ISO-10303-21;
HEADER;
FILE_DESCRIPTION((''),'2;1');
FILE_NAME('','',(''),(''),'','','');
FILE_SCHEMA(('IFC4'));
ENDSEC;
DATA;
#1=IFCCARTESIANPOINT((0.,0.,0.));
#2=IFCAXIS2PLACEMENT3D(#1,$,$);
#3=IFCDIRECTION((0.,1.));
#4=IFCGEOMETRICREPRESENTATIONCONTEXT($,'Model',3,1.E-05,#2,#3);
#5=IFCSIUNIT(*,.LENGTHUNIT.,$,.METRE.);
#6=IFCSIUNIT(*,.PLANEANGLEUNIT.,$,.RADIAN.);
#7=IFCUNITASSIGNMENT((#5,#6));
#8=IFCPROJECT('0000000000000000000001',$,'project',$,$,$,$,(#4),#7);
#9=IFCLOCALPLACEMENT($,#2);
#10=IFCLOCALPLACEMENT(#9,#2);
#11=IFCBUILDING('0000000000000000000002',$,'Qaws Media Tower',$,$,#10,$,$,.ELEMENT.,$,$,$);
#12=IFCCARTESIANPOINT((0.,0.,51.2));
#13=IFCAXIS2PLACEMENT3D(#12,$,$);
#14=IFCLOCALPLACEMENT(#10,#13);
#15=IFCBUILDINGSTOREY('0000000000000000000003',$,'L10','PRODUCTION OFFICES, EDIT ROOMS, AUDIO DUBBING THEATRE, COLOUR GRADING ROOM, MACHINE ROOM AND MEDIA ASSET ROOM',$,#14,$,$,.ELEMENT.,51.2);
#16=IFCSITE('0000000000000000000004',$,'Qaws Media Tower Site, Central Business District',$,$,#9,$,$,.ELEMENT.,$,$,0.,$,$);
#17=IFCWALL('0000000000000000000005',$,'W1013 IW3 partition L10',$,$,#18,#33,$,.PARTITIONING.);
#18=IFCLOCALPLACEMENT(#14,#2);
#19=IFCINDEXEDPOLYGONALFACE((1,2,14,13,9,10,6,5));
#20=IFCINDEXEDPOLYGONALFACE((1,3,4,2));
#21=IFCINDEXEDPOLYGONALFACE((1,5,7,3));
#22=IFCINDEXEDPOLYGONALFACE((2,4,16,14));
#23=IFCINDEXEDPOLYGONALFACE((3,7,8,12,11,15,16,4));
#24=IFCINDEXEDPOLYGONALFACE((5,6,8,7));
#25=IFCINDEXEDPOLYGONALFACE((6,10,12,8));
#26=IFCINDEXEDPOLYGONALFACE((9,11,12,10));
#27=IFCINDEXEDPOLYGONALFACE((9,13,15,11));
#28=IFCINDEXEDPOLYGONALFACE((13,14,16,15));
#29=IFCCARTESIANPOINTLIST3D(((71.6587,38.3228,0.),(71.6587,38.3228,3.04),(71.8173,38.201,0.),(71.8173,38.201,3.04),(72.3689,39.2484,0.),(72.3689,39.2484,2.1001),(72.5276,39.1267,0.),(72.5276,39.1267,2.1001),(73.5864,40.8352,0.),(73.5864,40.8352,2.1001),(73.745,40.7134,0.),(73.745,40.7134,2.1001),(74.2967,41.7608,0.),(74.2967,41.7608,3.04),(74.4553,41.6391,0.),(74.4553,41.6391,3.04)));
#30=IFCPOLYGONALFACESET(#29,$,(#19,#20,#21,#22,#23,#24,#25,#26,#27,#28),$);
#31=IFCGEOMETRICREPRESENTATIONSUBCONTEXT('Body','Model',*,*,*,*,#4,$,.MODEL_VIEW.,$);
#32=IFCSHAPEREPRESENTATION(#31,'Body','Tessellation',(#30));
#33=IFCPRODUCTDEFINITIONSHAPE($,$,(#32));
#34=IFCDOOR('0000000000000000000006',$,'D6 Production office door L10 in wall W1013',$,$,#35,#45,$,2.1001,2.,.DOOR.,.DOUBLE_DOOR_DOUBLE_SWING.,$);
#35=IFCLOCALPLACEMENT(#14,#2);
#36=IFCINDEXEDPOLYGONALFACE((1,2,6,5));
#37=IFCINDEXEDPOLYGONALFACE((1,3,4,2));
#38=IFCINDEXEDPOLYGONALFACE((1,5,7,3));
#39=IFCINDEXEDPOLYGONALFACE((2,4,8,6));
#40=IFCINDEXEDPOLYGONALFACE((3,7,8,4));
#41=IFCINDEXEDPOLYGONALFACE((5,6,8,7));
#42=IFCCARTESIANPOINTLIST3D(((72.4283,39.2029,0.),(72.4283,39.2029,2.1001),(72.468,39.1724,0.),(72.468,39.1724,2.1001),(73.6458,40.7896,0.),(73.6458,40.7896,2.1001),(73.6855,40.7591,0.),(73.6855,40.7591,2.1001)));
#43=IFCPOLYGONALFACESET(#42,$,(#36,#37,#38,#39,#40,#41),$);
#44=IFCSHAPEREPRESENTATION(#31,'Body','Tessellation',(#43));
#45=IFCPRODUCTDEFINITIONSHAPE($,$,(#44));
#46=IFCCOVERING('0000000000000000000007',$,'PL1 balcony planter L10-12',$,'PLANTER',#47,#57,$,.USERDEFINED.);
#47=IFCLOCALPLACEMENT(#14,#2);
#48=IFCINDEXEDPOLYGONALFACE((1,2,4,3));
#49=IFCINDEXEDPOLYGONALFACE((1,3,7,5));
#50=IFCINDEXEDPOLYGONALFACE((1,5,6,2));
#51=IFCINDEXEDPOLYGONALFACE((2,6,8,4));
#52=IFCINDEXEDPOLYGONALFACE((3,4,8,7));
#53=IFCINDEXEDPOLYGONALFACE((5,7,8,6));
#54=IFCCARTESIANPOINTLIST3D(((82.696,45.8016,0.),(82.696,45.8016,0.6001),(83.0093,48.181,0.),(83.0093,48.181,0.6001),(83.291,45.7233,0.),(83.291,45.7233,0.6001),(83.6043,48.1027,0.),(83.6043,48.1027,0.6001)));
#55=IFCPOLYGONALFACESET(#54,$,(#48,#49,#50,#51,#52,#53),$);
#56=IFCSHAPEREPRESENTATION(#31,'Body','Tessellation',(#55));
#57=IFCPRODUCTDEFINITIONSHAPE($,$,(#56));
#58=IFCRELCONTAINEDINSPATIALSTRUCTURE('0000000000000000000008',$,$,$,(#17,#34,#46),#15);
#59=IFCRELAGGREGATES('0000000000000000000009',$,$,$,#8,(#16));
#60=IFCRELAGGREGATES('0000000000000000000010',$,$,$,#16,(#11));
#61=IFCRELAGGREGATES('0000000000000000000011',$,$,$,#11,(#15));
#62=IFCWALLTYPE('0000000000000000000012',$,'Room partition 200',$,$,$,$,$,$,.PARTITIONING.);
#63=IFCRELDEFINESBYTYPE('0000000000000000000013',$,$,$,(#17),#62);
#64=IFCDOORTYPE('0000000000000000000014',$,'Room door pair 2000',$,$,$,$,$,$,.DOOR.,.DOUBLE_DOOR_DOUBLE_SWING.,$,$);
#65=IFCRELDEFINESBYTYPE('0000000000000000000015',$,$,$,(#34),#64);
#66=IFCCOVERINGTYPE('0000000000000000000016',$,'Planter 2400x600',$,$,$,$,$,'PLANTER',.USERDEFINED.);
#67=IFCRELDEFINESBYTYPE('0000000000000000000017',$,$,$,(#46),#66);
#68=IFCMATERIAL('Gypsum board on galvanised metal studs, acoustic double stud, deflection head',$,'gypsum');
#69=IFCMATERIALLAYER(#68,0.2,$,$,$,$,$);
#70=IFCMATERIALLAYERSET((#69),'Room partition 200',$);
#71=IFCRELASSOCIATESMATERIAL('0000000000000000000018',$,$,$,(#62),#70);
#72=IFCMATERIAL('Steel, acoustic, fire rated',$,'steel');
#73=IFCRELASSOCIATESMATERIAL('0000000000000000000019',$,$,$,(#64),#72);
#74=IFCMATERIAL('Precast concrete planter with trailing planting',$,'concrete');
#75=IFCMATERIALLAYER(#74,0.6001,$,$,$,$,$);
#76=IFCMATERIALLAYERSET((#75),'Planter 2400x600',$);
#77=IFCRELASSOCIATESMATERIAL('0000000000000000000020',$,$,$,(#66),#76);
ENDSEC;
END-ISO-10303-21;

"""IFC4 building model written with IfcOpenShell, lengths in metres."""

from ifc_helpers import new_model, si_unit, direction, frame, frame_2d, origin, origin_2d, place, context, subcontext, project, spatial, rectangle, extrude, material, layer, layer_set, type_object, element, fill, save


model = new_model("IFC4")

# Units and contexts
model_context = context("Model", 3, precision=1e-05, world=origin(), true_north=direction((0.0, 1.0)))
body_context = subcontext(model_context, "Body", "Model", "MODEL_VIEW")
ifc_project = project(units=[si_unit("LENGTHUNIT", "METRE"), si_unit("PLANEANGLEUNIT", "RADIAN")], contexts=[model_context])

# Site, building, storey
site_placement = place(None, origin())
site = spatial("IfcSite", under=ifc_project, at=site_placement, Name="Qaws Media Tower Site, Central Business District", CompositionType="ELEMENT", RefElevation=0.0)
building_placement = place(site_placement, origin())
building = spatial("IfcBuilding", under=site, at=building_placement, Name="Qaws Media Tower", CompositionType="ELEMENT")
storey_placement = place(building_placement, frame((0.0, 0.0, 51.2)))
storey = spatial("IfcBuildingStorey", under=building, at=storey_placement, Name="L10", Description="PRODUCTION OFFICES, EDIT ROOMS, AUDIO DUBBING THEATRE, COLOUR GRADING ROOM, MACHINE ROOM AND MEDIA ASSET ROOM", CompositionType="ELEMENT", Elevation=51.2)

# Shared definitions
ifc_material_1 = material(Name="Gypsum board on galvanised metal studs, acoustic double stud, deflection head", Category="gypsum")
ifc_layer_1 = layer(ifc_material_1, 0.2)
ifc_layer_set_1 = layer_set([ifc_layer_1], Name="Room partition 200")
wall_type_1 = type_object("IfcWallType", Name="Room partition 200", PredefinedType="PARTITIONING", material=ifc_layer_set_1)

# Wall, opening, door
wall_1_placement = place(storey_placement, frame((74.376, 41.7, 0.0), z_axis=(0.0, 0.0, 1.0), x_axis=(-0.608744, -0.793367, 0.0)))
wall_1 = element("IfcWall", 1, at=wall_1_placement, inside=storey, type_object=wall_type_1, Name="W1013 IW3 partition L10", PredefinedType="PARTITIONING", context=body_context, shape_type="SweptSolid", body=[
    extrude(rectangle(XDim=4.3335, YDim=0.2, at=frame_2d((2.1667, 0.0))), origin(), (0.0, 0.0, 1.0), 3.04),
])
opening_placement = place(wall_1_placement, frame((1.1667, 0.0, 0.0)))
opening = element("IfcOpeningElement", 2, at=opening_placement, cuts=wall_1, PredefinedType="OPENING", context=body_context, shape_type="SweptSolid", body=[
    extrude(rectangle(XDim=2.0, YDim=2.1001, at=frame_2d((1.0, 1.05))), frame((0.0, 0.1099, 0.0), z_axis=(0.0, -1.0, 0.0), x_axis=(1.0, 0.0, 0.0)), (0.0, 0.0, 1.0), 0.22),
])
ifc_material_2 = material(Name="Steel, acoustic, fire rated", Category="steel")
door_type = type_object("IfcDoorType", Name="Room door pair 2000", OperationType="DOUBLE_DOOR_DOUBLE_SWING", PredefinedType="DOOR", material=ifc_material_2)
door_placement = place(opening_placement, origin())
door = element("IfcDoor", 3, at=door_placement, inside=storey, type_object=door_type, Name="D6 Production office door L10 in wall W1013", OperationType="DOUBLE_DOOR_DOUBLE_SWING", OverallHeight=2.1001, OverallWidth=2.0, PredefinedType="DOOR", context=body_context, shape_type="SweptSolid", body=[
    extrude(rectangle(XDim=2.0, YDim=2.1001, at=frame_2d((1.0, 1.05))), frame((0.0, 0.0249, 0.0), z_axis=(0.0, -1.0, 0.0), x_axis=(1.0, 0.0, 0.0)), (0.0, 0.0, 1.0), 0.05),
])
fill(opening, door)

# Covering
ifc_material_3 = material(Name="Precast concrete planter with trailing planting", Category="concrete")
ifc_layer_2 = layer(ifc_material_3, 0.6001)
ifc_layer_set_2 = layer_set([ifc_layer_2], Name="Planter 2400x600")
covering_type = type_object("IfcCoveringType", Name="Planter 2400x600", ElementType="PLANTER", PredefinedType="USERDEFINED", material=ifc_layer_set_2)
covering_placement = place(storey_placement, frame((83.1501, 46.9521, 0.0), z_axis=(0.0, 0.0, 1.0), x_axis=(0.130526, 0.991445, 0.0)))
element("IfcCovering", 4, at=covering_placement, inside=storey, type_object=covering_type, Name="PL1 balcony planter L10-12", ObjectType="PLANTER", PredefinedType="USERDEFINED", context=body_context, shape_type="SweptSolid", body=[
    extrude(rectangle(XDim=2.3999, YDim=0.6001, at=origin_2d()), origin(), (0.0, 0.0, 1.0), 0.6001),
])

save(model, "model.ifc")
